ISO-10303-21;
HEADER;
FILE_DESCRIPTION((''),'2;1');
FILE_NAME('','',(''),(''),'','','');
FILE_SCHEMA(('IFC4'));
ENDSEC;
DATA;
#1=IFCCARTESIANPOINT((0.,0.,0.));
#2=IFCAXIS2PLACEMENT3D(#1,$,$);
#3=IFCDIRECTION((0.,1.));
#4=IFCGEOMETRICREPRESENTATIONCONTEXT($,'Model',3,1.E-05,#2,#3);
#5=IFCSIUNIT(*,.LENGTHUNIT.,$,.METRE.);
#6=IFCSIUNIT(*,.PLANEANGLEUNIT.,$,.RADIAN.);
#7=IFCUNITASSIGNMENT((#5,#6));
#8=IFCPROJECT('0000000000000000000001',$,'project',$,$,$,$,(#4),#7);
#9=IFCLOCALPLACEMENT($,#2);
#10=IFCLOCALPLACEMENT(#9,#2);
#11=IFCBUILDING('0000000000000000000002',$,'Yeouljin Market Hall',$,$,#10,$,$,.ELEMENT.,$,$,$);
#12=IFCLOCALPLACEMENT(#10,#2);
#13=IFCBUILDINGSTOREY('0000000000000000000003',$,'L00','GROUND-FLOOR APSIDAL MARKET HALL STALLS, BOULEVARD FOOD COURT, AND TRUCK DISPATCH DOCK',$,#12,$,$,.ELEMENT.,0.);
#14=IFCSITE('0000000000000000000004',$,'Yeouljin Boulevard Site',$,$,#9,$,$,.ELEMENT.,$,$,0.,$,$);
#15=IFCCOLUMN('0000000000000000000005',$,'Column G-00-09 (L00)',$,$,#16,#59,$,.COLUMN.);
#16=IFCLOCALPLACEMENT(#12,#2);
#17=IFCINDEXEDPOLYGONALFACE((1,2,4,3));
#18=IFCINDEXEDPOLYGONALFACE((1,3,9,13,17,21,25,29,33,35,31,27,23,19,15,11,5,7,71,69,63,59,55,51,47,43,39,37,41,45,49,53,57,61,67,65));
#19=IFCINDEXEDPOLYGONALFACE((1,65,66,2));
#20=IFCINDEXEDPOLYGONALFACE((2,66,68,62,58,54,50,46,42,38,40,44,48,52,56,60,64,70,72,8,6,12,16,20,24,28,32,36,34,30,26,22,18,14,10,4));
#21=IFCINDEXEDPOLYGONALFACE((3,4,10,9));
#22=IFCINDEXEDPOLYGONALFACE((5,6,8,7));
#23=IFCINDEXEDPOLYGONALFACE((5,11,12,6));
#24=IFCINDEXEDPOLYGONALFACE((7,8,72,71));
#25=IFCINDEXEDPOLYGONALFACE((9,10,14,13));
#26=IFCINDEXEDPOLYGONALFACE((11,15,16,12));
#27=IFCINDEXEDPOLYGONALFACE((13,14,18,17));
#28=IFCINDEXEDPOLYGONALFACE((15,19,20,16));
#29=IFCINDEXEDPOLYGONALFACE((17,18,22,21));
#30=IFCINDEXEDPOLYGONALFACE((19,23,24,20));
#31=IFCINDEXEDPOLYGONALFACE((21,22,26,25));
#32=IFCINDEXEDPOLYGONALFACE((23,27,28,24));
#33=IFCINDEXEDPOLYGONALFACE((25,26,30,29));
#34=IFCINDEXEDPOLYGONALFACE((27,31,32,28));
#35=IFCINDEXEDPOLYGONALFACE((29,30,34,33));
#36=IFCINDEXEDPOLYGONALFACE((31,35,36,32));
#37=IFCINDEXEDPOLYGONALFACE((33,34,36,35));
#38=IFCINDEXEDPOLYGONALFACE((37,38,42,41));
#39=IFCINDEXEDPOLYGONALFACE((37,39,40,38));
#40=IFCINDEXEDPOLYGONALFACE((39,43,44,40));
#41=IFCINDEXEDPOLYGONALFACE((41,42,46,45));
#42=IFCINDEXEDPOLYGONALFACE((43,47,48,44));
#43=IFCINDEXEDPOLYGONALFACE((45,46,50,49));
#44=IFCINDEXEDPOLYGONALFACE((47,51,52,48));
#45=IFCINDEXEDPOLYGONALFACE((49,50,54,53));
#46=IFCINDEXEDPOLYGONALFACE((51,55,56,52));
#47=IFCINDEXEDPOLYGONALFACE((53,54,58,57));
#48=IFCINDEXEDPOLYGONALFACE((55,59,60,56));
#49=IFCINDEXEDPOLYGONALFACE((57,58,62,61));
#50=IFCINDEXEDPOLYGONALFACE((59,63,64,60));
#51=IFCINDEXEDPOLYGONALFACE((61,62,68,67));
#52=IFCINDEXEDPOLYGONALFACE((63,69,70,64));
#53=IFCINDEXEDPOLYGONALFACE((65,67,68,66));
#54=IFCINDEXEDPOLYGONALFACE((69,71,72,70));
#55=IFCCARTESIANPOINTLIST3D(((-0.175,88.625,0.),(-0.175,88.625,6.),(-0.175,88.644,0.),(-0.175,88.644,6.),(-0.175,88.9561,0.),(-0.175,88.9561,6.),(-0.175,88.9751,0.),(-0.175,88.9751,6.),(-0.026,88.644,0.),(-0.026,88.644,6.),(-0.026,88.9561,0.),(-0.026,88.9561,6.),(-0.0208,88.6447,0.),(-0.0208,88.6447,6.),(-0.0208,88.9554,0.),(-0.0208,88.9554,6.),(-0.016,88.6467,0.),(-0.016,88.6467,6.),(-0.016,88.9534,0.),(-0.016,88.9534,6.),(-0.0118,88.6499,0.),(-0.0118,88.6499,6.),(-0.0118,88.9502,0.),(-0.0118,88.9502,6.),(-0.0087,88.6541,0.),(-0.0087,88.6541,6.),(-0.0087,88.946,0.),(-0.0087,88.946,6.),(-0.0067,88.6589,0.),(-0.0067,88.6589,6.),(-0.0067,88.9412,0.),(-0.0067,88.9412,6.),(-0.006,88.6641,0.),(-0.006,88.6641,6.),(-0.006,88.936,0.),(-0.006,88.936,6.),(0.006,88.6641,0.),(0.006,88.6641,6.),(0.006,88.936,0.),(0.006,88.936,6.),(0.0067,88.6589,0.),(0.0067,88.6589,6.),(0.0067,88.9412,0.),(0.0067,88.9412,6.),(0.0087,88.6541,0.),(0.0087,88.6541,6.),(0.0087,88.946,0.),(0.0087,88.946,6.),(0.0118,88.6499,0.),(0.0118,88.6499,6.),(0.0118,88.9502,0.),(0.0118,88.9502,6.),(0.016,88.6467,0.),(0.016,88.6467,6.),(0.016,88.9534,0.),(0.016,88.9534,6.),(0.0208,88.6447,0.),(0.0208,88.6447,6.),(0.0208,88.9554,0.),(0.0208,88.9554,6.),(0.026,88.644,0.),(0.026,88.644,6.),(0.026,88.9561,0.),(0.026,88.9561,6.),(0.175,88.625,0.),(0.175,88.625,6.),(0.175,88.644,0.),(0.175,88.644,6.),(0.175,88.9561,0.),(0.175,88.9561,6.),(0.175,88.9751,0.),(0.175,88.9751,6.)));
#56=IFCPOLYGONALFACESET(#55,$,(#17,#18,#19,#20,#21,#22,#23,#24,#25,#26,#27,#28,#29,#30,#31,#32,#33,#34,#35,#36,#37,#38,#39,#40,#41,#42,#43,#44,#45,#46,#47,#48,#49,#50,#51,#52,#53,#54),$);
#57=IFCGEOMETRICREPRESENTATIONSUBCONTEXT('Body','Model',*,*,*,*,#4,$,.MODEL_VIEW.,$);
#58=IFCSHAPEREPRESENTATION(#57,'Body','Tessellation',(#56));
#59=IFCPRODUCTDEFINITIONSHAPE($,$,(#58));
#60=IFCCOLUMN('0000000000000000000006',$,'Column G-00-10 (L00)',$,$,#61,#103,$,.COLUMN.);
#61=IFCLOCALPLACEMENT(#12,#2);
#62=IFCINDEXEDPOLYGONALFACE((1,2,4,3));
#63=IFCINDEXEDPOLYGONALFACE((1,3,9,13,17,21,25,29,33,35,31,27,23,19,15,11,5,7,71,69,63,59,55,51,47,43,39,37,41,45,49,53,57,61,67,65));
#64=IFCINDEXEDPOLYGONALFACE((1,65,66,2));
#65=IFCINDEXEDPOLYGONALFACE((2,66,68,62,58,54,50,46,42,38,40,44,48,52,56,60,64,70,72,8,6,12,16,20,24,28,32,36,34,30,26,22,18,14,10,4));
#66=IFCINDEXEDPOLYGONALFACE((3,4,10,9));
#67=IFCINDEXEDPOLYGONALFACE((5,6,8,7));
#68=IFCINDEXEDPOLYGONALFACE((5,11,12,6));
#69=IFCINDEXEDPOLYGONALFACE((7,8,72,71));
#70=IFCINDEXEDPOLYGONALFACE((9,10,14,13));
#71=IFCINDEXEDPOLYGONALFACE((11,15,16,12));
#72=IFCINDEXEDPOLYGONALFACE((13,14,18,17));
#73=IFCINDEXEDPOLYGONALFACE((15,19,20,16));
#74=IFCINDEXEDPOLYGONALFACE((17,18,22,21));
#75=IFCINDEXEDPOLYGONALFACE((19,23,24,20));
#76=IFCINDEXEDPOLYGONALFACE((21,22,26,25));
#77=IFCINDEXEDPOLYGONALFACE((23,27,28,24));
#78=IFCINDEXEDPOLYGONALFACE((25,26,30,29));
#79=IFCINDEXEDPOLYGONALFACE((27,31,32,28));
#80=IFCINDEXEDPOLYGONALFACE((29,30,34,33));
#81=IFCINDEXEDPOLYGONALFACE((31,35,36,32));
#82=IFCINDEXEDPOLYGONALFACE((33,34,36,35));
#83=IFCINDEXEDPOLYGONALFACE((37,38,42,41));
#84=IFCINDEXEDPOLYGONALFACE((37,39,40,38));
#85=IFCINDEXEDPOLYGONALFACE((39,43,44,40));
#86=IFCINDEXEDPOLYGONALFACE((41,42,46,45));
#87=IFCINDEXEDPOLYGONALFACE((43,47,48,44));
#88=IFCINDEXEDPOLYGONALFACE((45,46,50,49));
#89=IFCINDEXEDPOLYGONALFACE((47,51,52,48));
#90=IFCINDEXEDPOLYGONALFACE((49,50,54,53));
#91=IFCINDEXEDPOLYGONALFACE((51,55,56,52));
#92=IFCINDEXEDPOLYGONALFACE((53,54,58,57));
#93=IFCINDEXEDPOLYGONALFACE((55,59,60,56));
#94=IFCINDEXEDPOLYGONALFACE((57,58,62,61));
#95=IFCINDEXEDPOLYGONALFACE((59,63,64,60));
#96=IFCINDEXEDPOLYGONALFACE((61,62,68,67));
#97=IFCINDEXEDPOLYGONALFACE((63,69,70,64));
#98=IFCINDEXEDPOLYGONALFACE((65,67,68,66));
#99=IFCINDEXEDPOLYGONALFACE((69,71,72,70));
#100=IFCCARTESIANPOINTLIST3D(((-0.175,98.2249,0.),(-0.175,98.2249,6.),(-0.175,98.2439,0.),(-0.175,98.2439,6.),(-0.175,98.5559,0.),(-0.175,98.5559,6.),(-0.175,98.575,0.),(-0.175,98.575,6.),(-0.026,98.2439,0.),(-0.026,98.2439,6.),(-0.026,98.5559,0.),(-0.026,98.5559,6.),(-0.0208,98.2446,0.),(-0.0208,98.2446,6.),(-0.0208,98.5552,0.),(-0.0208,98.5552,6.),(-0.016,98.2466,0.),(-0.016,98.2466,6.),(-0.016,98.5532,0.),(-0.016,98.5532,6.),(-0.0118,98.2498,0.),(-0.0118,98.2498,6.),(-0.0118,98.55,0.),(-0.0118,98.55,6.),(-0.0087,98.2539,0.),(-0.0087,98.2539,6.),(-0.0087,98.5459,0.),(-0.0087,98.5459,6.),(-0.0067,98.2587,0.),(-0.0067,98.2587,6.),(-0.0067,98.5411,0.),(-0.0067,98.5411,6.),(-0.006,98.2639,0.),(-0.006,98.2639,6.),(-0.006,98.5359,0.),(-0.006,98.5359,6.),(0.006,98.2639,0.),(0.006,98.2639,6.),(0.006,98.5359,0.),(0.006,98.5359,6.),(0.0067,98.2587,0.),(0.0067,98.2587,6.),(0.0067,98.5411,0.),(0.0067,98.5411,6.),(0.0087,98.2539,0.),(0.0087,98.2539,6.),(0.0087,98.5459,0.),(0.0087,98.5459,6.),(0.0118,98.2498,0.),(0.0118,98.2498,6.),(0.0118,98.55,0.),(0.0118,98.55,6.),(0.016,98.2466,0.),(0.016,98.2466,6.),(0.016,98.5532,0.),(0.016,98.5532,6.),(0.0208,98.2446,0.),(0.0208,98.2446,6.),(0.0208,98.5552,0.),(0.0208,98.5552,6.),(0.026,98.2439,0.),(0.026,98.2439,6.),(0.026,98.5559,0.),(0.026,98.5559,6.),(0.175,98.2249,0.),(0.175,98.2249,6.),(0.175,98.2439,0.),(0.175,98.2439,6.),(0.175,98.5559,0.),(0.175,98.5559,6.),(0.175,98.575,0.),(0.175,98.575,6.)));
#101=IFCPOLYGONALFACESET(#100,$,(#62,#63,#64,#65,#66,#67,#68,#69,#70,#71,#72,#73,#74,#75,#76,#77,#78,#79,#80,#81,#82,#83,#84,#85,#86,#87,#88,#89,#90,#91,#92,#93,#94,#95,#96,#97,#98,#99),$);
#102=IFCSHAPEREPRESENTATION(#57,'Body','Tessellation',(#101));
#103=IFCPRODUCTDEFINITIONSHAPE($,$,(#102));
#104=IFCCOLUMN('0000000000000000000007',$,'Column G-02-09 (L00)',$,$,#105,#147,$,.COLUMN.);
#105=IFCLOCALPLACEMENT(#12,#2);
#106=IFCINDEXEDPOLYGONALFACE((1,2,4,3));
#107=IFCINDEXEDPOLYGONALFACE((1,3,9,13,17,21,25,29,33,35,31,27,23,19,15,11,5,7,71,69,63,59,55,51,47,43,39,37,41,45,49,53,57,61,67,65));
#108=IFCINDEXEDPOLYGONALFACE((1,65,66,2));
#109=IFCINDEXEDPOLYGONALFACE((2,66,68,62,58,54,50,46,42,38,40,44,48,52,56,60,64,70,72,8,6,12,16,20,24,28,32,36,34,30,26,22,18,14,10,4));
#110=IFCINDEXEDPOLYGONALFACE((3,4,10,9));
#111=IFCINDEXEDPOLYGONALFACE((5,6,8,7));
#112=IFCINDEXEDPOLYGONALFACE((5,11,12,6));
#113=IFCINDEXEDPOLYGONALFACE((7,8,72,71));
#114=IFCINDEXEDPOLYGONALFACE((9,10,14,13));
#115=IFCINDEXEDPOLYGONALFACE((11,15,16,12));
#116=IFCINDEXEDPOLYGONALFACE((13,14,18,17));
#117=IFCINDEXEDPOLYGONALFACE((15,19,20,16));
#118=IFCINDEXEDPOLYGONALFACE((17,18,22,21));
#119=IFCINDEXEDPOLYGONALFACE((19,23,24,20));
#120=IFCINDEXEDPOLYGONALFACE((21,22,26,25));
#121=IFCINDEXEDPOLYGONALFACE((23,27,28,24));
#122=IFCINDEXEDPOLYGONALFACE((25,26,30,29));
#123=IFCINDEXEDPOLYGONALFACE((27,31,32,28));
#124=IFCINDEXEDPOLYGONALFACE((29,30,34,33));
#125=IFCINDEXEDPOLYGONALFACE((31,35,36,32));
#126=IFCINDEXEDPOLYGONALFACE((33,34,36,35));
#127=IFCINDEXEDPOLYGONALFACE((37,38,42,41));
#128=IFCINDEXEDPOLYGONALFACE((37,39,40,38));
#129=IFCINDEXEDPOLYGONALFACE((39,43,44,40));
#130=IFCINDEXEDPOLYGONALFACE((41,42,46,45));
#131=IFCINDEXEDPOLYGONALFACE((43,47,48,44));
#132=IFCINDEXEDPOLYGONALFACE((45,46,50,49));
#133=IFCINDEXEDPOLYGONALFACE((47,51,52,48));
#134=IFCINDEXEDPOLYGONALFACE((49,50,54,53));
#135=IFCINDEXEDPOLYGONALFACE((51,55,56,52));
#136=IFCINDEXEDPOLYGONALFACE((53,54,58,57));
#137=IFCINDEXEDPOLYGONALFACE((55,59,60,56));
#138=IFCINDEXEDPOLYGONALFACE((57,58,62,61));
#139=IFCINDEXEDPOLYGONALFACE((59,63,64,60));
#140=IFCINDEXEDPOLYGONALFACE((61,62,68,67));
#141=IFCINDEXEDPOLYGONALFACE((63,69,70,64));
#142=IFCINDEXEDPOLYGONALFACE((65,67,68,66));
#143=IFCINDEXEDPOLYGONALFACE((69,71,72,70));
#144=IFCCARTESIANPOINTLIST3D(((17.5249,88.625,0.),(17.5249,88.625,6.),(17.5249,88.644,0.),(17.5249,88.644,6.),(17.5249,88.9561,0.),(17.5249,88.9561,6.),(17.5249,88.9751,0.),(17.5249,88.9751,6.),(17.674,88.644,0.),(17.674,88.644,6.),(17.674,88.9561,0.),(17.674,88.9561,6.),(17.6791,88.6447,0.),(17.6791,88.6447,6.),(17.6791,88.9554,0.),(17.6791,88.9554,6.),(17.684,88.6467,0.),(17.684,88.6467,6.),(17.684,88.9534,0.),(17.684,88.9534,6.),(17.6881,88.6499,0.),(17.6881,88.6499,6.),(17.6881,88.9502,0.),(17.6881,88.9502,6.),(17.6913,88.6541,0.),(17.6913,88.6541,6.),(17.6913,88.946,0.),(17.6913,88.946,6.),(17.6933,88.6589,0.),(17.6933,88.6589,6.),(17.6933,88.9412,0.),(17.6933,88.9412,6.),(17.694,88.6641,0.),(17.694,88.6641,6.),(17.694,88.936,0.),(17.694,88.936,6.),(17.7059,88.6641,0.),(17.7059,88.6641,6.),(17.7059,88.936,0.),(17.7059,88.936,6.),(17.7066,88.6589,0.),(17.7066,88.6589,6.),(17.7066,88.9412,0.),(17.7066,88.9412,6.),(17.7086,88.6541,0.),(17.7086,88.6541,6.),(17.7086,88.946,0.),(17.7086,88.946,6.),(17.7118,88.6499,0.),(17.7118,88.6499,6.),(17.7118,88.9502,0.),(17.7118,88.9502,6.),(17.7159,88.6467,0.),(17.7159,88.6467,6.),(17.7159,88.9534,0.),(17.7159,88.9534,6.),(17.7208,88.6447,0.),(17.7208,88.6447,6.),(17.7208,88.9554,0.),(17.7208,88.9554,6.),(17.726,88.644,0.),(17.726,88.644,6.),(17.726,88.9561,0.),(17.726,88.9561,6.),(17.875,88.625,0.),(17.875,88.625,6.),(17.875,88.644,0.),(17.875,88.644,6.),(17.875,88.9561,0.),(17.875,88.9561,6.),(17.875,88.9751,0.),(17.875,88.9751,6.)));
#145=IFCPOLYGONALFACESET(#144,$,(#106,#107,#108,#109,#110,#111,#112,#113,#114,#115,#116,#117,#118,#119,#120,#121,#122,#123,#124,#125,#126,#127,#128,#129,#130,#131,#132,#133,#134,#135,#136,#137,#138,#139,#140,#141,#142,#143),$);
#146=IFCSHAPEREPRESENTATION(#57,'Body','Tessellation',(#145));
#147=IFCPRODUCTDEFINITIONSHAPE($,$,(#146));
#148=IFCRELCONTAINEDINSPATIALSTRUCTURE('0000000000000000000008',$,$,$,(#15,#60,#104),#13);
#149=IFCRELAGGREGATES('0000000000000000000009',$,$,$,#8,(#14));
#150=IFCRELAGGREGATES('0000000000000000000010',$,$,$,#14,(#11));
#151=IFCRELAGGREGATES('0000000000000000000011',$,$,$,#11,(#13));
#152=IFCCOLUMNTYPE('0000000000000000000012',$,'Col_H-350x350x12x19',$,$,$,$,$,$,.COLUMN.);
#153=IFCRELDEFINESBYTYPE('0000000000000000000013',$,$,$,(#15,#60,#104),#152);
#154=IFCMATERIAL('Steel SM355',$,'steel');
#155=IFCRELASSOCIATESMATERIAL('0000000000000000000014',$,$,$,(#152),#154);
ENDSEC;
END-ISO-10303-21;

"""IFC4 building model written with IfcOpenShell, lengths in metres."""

from ifc_helpers import new_model, si_unit, direction, frame, origin, origin_2d, place, context, subcontext, project, spatial, i_section, extrude, material, material_profile, profile_set, type_object, element, save


model = new_model("IFC4")

# Units and contexts
model_context = context("Model", 3, precision=1e-05, world=origin(), true_north=direction((0.0, 1.0)))
body_context = subcontext(model_context, "Body", "Model", "MODEL_VIEW")
ifc_project = project(units=[si_unit("LENGTHUNIT", "METRE"), si_unit("PLANEANGLEUNIT", "RADIAN")], contexts=[model_context])

# Site, building, storey
site_placement = place(None, origin())
site = spatial("IfcSite", under=ifc_project, at=site_placement, Name="Yeouljin Boulevard Site", CompositionType="ELEMENT", RefElevation=0.0)
building_placement = place(site_placement, origin())
building = spatial("IfcBuilding", under=site, at=building_placement, Name="Yeouljin Market Hall", CompositionType="ELEMENT")
storey_placement = place(building_placement, origin())
storey = spatial("IfcBuildingStorey", under=building, at=storey_placement, Name="L00", Description="GROUND-FLOOR APSIDAL MARKET HALL STALLS, BOULEVARD FOOD COURT, AND TRUCK DISPATCH DOCK", CompositionType="ELEMENT", Elevation=0.0)

# Columns
ifc_material_1 = material(Name="Steel SM355", Category="steel")
ifc_material_profile_1 = material_profile(ifc_material_1, i_section(OverallWidth=0.3501, OverallDepth=0.3501, WebThickness=0.012, FlangeThickness=0.019, FilletRadius=0.02, at=origin_2d()), Name="H-350x350x12x19")
ifc_profile_set_1 = profile_set([ifc_material_profile_1], Name="Steel SM355")
column_type_1 = type_object("IfcColumnType", Name="Col_H-350x350x12x19", PredefinedType="COLUMN", material=ifc_profile_set_1)
for number, where, z_axis, x_axis, name in (
    (1, (0.0, 88.8, 0.0), (0.0, 0.0, 1.0), (1.0, 0.0, 0.0), "Column G-00-09 (L00)"),
    (2, (0.0, 98.3999, 0.0), (0.0, 0.0, 1.0), (1.0, 0.0, 0.0), "Column G-00-10 (L00)"),
    (3, (17.7, 88.8, 0.0), (0.0, 0.0, 1.0), (1.0, 0.0, 0.0), "Column G-02-09 (L00)"),
):
    element("IfcColumn", number, at=place(storey_placement, frame(where, z_axis=z_axis, x_axis=x_axis)), inside=storey, type_object=column_type_1, Name=name, PredefinedType="COLUMN", context=body_context, shape_type="SweptSolid", body=[
        extrude(i_section(OverallWidth=0.3501, OverallDepth=0.3501, WebThickness=0.012, FlangeThickness=0.019, FilletRadius=0.02, at=origin_2d()), origin(), (0.0, 0.0, 1.0), 6.0),
    ])

save(model, "model.ifc")
